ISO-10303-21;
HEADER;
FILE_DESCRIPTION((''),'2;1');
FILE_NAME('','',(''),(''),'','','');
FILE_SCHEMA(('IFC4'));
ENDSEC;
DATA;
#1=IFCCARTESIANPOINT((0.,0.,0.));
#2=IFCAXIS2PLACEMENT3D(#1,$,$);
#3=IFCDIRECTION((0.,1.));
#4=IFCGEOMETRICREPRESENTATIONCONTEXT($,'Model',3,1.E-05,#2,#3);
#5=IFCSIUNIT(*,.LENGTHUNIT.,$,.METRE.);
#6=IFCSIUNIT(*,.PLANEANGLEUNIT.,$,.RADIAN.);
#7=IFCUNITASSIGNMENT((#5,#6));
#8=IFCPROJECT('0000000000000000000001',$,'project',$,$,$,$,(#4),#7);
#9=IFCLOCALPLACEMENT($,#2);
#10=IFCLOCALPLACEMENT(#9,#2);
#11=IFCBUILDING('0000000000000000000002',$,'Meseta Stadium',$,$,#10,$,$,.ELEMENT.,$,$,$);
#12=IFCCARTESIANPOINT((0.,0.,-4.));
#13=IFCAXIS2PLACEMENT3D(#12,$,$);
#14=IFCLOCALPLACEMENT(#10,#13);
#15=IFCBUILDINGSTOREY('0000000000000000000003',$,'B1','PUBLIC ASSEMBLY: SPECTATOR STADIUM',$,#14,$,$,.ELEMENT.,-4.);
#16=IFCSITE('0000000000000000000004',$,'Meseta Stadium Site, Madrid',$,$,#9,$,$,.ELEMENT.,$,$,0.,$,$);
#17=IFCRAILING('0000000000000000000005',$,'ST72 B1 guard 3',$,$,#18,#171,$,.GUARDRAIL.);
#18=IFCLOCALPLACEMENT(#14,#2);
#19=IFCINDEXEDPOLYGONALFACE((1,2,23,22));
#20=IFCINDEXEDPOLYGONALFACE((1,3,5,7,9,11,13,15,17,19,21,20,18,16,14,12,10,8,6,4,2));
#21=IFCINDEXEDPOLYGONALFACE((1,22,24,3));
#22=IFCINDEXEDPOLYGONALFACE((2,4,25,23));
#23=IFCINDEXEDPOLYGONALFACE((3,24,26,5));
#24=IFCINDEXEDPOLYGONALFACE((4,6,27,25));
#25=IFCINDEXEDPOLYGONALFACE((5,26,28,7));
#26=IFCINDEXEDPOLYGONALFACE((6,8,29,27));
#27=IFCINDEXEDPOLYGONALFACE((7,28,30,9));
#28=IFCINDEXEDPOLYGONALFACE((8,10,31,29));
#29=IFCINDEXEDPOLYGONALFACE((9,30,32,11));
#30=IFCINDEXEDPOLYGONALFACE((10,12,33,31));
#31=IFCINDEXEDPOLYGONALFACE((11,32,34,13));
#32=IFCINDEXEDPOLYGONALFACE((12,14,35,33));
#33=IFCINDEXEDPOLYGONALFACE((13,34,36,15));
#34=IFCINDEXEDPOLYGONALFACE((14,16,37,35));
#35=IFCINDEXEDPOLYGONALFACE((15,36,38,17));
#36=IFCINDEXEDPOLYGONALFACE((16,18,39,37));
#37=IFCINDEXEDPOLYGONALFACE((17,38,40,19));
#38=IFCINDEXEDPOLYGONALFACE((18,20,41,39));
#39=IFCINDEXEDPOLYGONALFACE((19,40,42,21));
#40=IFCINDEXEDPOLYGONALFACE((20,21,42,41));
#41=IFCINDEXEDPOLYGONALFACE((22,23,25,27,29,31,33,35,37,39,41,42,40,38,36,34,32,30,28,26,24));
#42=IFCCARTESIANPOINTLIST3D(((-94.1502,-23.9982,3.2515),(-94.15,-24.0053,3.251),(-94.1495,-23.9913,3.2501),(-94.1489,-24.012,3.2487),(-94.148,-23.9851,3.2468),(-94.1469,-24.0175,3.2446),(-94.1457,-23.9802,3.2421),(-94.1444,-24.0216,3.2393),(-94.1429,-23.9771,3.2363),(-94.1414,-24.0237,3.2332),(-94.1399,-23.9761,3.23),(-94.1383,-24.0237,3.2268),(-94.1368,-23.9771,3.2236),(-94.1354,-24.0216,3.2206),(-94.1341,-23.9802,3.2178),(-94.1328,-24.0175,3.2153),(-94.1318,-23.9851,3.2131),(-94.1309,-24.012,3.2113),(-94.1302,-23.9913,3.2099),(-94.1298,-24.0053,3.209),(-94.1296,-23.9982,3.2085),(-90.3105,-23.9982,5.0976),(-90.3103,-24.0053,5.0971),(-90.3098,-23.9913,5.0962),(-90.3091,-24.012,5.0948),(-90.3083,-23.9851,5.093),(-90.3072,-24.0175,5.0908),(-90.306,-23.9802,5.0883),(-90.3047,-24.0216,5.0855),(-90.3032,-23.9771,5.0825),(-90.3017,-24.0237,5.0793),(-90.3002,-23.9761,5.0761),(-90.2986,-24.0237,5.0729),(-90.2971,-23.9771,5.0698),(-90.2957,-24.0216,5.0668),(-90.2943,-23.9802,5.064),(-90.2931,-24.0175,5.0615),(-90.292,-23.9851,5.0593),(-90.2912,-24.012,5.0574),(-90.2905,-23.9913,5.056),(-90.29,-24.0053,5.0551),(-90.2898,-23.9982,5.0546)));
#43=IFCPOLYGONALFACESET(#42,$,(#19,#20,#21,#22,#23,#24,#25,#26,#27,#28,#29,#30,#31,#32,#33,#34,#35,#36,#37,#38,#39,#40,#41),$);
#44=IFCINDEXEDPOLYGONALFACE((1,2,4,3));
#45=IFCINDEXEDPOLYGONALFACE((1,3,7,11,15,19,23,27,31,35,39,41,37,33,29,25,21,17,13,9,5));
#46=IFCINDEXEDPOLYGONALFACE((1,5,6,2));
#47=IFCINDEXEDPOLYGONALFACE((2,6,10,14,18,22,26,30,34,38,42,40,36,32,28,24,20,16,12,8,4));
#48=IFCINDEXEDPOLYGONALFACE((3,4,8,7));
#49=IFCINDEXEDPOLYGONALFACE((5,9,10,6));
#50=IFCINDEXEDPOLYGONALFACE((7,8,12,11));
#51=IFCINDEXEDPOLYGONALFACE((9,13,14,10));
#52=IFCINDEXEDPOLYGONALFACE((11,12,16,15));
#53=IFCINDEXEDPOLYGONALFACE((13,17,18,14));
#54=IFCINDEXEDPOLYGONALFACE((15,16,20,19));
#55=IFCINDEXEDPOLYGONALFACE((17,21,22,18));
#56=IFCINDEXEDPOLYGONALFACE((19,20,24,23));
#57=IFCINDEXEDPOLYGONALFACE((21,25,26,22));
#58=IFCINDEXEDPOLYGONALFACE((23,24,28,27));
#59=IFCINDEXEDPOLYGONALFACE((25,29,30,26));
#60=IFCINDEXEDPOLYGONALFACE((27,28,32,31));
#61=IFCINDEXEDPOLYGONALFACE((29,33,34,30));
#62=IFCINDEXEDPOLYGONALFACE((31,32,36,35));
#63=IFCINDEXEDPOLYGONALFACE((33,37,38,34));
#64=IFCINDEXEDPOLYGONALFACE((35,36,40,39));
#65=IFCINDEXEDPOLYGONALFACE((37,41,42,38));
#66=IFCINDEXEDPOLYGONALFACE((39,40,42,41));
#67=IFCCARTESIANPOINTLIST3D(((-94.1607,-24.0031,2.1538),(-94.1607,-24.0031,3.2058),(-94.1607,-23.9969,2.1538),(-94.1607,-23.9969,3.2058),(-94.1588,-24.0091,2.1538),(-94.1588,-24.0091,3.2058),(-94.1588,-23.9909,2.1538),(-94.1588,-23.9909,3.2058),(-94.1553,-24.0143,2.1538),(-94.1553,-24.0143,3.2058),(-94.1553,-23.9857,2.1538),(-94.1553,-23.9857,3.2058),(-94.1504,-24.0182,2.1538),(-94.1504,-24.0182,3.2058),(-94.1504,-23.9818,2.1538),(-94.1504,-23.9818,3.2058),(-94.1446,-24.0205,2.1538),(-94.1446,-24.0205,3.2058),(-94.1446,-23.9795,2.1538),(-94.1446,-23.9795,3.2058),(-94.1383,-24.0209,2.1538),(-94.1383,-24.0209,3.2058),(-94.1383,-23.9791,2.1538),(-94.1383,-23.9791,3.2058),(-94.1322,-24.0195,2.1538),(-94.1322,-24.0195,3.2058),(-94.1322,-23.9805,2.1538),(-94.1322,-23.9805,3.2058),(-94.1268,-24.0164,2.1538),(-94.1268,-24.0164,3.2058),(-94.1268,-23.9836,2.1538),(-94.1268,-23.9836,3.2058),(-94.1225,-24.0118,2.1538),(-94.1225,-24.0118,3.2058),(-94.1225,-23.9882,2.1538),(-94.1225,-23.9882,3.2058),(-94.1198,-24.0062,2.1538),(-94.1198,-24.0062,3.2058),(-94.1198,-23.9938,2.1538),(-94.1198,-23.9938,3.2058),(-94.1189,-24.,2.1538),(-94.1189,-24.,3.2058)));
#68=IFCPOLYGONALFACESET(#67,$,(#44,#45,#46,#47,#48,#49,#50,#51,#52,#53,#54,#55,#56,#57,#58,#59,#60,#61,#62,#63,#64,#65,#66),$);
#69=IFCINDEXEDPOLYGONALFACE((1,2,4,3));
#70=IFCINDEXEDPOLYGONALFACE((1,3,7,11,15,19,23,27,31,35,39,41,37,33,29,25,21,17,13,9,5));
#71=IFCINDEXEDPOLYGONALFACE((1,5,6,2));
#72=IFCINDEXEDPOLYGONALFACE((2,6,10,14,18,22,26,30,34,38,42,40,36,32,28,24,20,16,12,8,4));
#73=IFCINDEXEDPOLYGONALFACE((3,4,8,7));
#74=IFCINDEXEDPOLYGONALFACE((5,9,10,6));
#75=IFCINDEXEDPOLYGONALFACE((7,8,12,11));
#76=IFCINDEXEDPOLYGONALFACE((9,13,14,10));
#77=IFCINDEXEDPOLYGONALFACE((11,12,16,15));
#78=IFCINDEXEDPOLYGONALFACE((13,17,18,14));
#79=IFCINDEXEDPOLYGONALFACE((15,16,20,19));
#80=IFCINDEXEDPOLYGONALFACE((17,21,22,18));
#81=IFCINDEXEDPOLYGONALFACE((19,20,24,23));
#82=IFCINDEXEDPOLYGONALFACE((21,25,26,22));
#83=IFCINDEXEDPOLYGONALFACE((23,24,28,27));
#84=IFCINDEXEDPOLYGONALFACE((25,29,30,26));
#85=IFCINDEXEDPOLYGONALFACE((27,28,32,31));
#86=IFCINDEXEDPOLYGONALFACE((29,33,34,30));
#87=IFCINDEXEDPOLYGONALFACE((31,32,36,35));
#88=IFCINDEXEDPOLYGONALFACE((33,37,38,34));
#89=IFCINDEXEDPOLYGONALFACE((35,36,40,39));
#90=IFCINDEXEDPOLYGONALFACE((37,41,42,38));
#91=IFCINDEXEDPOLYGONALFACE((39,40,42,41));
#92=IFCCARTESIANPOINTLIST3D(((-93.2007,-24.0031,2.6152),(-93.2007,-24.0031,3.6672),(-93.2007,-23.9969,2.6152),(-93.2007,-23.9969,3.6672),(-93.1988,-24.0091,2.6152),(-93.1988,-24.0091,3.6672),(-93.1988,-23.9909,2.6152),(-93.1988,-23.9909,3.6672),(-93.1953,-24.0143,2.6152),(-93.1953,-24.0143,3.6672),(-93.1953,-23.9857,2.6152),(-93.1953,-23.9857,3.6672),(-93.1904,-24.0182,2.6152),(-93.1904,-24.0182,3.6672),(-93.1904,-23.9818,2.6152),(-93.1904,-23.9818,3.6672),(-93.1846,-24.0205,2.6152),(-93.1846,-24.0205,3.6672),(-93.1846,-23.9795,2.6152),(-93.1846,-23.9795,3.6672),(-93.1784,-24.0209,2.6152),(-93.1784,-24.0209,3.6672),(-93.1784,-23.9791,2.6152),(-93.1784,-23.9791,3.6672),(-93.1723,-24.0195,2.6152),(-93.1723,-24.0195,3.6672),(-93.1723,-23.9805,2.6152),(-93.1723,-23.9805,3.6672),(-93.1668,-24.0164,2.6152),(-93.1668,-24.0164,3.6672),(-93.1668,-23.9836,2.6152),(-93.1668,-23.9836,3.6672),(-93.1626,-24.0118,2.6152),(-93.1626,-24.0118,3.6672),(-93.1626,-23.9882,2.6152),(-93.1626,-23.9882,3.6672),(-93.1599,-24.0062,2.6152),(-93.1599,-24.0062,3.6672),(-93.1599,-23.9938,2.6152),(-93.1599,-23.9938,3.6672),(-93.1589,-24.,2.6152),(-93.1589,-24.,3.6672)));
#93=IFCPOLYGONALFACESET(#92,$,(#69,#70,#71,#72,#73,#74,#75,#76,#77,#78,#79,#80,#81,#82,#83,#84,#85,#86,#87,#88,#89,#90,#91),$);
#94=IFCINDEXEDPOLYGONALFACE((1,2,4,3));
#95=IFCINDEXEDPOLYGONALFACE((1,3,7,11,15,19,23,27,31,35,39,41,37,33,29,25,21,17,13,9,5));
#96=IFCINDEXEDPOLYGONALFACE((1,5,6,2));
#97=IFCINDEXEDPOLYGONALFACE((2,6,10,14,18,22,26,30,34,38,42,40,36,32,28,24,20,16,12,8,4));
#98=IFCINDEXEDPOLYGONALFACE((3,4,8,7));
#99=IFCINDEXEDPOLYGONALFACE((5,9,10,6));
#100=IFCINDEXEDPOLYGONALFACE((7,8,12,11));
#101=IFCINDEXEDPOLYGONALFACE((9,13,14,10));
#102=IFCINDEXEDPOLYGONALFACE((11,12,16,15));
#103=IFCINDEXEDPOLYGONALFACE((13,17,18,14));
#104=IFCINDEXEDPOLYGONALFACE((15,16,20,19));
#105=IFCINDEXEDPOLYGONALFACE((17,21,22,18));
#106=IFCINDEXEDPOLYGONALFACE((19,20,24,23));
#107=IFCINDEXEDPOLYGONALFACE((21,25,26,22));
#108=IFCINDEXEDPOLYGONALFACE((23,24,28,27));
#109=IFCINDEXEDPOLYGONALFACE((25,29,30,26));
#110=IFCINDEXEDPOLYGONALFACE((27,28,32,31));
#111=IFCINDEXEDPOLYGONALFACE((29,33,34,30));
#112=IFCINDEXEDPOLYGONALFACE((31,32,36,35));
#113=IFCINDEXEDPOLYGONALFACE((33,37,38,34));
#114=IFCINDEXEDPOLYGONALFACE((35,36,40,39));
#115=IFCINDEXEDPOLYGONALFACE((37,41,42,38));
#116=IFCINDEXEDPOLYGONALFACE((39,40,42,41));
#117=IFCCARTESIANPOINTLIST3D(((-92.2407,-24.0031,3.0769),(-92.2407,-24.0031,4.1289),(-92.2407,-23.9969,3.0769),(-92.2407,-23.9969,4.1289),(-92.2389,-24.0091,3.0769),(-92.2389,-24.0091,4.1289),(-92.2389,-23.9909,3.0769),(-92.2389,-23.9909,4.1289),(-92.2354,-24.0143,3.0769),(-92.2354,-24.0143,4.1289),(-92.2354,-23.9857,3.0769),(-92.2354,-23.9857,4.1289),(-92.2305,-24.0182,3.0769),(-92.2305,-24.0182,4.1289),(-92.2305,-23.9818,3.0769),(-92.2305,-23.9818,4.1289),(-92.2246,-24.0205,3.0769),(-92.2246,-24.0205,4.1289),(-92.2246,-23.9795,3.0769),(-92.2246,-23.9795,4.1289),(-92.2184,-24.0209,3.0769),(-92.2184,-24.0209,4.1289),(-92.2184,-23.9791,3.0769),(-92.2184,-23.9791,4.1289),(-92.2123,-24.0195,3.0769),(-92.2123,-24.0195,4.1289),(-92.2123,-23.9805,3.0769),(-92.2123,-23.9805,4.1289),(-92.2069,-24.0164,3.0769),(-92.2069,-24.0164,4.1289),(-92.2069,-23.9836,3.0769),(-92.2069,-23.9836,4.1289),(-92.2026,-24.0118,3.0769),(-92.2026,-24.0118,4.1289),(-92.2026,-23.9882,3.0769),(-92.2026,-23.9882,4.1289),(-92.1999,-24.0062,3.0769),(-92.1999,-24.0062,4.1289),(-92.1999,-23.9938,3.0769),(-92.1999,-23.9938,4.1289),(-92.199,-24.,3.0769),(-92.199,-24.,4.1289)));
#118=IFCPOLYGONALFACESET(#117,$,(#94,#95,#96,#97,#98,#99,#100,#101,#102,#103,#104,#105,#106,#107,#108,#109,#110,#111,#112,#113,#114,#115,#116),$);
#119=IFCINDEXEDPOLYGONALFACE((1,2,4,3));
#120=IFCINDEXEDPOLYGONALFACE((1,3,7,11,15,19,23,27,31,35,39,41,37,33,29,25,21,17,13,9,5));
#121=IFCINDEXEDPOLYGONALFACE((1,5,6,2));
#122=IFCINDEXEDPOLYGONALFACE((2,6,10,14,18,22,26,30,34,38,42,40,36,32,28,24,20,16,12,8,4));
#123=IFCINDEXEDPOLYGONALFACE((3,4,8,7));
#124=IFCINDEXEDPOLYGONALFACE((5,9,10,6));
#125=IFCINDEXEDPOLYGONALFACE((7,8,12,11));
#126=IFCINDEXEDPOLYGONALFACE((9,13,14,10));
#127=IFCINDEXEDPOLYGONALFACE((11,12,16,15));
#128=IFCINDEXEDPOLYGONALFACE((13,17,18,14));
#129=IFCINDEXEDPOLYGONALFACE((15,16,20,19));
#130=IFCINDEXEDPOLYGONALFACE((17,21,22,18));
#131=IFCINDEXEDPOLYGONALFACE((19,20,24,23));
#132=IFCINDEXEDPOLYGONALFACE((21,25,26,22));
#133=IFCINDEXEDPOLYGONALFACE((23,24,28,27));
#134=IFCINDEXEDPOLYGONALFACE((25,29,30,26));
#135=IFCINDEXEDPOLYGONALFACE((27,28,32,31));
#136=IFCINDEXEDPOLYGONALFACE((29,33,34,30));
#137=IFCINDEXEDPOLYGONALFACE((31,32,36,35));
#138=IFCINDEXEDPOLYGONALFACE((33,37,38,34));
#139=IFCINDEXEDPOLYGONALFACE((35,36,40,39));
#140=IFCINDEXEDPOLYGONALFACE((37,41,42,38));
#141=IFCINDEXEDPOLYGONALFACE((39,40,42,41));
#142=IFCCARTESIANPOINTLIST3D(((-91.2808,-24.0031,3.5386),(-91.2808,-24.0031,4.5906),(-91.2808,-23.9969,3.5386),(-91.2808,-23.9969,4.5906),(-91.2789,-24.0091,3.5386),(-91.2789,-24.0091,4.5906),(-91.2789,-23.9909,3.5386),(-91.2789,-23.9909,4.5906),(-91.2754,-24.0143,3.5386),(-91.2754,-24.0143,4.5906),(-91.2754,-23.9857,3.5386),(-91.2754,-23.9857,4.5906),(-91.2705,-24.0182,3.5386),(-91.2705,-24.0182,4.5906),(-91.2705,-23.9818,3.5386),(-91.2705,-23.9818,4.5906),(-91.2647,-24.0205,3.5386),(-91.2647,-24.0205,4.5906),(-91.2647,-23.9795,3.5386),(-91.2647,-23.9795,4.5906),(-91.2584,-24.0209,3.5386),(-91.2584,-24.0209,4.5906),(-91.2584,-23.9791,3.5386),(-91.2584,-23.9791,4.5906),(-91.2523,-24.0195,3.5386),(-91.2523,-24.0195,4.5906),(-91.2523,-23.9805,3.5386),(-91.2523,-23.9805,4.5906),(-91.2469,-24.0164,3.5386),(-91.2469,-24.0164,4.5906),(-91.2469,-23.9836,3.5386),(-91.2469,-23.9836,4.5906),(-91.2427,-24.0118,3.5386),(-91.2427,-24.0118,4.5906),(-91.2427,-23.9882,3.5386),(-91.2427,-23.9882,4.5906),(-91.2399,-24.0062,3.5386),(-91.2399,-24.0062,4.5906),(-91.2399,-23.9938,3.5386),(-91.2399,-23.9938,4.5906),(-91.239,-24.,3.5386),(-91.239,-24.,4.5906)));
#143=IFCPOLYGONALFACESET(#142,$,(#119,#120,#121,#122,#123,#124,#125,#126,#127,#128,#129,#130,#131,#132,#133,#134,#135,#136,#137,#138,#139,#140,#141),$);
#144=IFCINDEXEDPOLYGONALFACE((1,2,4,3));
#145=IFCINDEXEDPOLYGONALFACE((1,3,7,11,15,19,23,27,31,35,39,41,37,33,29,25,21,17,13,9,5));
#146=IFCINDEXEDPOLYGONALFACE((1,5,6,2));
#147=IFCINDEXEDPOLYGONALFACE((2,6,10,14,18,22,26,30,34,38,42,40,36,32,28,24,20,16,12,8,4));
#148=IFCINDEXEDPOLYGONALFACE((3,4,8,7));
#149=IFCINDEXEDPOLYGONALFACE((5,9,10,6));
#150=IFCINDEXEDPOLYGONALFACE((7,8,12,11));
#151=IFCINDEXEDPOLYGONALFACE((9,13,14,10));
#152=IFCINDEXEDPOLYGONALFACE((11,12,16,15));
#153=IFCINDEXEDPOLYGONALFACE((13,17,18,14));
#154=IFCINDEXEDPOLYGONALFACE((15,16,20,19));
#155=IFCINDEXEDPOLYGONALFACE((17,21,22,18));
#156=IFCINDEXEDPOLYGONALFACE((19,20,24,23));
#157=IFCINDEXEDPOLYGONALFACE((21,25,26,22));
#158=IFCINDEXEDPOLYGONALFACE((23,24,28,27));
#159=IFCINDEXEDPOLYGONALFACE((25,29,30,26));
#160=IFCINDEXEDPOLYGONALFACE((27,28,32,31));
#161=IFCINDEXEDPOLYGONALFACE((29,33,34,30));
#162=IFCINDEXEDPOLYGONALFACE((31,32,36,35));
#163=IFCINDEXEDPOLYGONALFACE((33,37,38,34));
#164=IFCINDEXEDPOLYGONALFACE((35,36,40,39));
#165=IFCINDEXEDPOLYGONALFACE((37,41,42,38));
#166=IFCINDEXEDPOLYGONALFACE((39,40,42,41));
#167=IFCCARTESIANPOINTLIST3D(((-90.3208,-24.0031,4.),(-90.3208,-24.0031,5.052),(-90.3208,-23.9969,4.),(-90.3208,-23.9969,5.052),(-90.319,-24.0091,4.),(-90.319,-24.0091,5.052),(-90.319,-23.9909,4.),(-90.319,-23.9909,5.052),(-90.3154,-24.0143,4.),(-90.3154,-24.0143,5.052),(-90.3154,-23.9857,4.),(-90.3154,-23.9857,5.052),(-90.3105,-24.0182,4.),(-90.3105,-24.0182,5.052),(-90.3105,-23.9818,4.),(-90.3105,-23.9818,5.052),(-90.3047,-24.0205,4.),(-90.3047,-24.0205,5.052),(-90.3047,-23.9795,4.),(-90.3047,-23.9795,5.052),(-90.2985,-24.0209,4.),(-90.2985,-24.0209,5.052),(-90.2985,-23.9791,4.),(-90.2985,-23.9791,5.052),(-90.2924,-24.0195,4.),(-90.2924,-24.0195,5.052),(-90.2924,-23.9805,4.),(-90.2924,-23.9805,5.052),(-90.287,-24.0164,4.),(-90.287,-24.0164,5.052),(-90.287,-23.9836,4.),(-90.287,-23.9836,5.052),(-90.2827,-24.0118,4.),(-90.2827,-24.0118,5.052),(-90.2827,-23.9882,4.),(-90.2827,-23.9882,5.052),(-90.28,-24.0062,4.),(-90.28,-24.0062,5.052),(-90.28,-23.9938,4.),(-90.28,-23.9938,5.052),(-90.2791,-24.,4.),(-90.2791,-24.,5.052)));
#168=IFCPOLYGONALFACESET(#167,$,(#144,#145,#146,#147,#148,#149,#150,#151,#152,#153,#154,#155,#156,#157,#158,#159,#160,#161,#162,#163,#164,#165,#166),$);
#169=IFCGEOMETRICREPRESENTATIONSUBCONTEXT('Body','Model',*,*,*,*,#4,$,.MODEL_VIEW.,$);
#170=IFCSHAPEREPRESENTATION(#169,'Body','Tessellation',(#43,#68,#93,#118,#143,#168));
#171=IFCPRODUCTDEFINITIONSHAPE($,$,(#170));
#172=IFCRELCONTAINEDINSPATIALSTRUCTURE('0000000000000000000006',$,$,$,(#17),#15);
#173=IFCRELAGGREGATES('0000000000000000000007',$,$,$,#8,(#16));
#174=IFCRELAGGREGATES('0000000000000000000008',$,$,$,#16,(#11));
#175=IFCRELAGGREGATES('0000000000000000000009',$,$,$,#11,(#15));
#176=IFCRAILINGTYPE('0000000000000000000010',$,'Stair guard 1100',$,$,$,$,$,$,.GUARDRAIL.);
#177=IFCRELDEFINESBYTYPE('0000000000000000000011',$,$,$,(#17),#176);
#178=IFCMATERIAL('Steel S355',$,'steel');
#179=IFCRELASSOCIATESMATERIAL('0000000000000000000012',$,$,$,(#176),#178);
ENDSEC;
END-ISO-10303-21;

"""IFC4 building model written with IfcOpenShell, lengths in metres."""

from ifc_helpers import new_model, si_unit, direction, frame, origin, origin_2d, place, context, subcontext, project, spatial, circle, extrude, material, type_object, element, save


model = new_model("IFC4")

# Units and contexts
model_context = context("Model", 3, precision=1e-05, world=origin(), true_north=direction((0.0, 1.0)))
body_context = subcontext(model_context, "Body", "Model", "MODEL_VIEW")
ifc_project = project(units=[si_unit("LENGTHUNIT", "METRE"), si_unit("PLANEANGLEUNIT", "RADIAN")], contexts=[model_context])

# Site, building, storey
site_placement = place(None, origin())
site = spatial("IfcSite", under=ifc_project, at=site_placement, Name="Meseta Stadium Site, Madrid", CompositionType="ELEMENT", RefElevation=0.0)
building_placement = place(site_placement, origin())
building = spatial("IfcBuilding", under=site, at=building_placement, Name="Meseta Stadium", CompositionType="ELEMENT")
storey_placement = place(building_placement, frame((0.0, 0.0, -4.0)))
storey = spatial("IfcBuildingStorey", under=building, at=storey_placement, Name="B1", Description="PUBLIC ASSEMBLY: SPECTATOR STADIUM", CompositionType="ELEMENT", Elevation=-4.0)

# Railing
ifc_material_1 = material(Name="Steel S355", Category="steel")
railing_type_1 = type_object("IfcRailingType", Name="Stair guard 1100", PredefinedType="GUARDRAIL", material=ifc_material_1)
railing_1_placement = place(storey_placement, frame((-94.1399, -24.0, 2.1538)))
element("IfcRailing", 1, at=railing_1_placement, inside=storey, type_object=railing_type_1, Name="ST72 B1 guard 3", PredefinedType="GUARDRAIL", context=body_context, shape_type="SweptSolid", body=[
    extrude(circle(Radius=0.0239, at=origin_2d()), frame((0.0, 0.0, 1.0762), z_axis=(0.901242, 0.0, 0.433316), x_axis=(0.0, 1.0, 0.0)), (0.0, 0.0, 1.0), 4.2605),
    extrude(circle(Radius=0.021, at=origin_2d()), origin(), (0.0, 0.0, 1.0), 1.052),
    extrude(circle(Radius=0.021, at=origin_2d()), frame((0.96, 0.0, 0.4614)), (0.0, 0.0, 1.0), 1.052),
    extrude(circle(Radius=0.021, at=origin_2d()), frame((1.9199, 0.0, 0.9231)), (0.0, 0.0, 1.0), 1.052),
    extrude(circle(Radius=0.021, at=origin_2d()), frame((2.8799, 0.0, 1.3848)), (0.0, 0.0, 1.0), 1.052),
    extrude(circle(Radius=0.021, at=origin_2d()), frame((3.8398, 0.0, 1.8462)), (0.0, 0.0, 1.0), 1.052),
])

save(model, "model.ifc")
